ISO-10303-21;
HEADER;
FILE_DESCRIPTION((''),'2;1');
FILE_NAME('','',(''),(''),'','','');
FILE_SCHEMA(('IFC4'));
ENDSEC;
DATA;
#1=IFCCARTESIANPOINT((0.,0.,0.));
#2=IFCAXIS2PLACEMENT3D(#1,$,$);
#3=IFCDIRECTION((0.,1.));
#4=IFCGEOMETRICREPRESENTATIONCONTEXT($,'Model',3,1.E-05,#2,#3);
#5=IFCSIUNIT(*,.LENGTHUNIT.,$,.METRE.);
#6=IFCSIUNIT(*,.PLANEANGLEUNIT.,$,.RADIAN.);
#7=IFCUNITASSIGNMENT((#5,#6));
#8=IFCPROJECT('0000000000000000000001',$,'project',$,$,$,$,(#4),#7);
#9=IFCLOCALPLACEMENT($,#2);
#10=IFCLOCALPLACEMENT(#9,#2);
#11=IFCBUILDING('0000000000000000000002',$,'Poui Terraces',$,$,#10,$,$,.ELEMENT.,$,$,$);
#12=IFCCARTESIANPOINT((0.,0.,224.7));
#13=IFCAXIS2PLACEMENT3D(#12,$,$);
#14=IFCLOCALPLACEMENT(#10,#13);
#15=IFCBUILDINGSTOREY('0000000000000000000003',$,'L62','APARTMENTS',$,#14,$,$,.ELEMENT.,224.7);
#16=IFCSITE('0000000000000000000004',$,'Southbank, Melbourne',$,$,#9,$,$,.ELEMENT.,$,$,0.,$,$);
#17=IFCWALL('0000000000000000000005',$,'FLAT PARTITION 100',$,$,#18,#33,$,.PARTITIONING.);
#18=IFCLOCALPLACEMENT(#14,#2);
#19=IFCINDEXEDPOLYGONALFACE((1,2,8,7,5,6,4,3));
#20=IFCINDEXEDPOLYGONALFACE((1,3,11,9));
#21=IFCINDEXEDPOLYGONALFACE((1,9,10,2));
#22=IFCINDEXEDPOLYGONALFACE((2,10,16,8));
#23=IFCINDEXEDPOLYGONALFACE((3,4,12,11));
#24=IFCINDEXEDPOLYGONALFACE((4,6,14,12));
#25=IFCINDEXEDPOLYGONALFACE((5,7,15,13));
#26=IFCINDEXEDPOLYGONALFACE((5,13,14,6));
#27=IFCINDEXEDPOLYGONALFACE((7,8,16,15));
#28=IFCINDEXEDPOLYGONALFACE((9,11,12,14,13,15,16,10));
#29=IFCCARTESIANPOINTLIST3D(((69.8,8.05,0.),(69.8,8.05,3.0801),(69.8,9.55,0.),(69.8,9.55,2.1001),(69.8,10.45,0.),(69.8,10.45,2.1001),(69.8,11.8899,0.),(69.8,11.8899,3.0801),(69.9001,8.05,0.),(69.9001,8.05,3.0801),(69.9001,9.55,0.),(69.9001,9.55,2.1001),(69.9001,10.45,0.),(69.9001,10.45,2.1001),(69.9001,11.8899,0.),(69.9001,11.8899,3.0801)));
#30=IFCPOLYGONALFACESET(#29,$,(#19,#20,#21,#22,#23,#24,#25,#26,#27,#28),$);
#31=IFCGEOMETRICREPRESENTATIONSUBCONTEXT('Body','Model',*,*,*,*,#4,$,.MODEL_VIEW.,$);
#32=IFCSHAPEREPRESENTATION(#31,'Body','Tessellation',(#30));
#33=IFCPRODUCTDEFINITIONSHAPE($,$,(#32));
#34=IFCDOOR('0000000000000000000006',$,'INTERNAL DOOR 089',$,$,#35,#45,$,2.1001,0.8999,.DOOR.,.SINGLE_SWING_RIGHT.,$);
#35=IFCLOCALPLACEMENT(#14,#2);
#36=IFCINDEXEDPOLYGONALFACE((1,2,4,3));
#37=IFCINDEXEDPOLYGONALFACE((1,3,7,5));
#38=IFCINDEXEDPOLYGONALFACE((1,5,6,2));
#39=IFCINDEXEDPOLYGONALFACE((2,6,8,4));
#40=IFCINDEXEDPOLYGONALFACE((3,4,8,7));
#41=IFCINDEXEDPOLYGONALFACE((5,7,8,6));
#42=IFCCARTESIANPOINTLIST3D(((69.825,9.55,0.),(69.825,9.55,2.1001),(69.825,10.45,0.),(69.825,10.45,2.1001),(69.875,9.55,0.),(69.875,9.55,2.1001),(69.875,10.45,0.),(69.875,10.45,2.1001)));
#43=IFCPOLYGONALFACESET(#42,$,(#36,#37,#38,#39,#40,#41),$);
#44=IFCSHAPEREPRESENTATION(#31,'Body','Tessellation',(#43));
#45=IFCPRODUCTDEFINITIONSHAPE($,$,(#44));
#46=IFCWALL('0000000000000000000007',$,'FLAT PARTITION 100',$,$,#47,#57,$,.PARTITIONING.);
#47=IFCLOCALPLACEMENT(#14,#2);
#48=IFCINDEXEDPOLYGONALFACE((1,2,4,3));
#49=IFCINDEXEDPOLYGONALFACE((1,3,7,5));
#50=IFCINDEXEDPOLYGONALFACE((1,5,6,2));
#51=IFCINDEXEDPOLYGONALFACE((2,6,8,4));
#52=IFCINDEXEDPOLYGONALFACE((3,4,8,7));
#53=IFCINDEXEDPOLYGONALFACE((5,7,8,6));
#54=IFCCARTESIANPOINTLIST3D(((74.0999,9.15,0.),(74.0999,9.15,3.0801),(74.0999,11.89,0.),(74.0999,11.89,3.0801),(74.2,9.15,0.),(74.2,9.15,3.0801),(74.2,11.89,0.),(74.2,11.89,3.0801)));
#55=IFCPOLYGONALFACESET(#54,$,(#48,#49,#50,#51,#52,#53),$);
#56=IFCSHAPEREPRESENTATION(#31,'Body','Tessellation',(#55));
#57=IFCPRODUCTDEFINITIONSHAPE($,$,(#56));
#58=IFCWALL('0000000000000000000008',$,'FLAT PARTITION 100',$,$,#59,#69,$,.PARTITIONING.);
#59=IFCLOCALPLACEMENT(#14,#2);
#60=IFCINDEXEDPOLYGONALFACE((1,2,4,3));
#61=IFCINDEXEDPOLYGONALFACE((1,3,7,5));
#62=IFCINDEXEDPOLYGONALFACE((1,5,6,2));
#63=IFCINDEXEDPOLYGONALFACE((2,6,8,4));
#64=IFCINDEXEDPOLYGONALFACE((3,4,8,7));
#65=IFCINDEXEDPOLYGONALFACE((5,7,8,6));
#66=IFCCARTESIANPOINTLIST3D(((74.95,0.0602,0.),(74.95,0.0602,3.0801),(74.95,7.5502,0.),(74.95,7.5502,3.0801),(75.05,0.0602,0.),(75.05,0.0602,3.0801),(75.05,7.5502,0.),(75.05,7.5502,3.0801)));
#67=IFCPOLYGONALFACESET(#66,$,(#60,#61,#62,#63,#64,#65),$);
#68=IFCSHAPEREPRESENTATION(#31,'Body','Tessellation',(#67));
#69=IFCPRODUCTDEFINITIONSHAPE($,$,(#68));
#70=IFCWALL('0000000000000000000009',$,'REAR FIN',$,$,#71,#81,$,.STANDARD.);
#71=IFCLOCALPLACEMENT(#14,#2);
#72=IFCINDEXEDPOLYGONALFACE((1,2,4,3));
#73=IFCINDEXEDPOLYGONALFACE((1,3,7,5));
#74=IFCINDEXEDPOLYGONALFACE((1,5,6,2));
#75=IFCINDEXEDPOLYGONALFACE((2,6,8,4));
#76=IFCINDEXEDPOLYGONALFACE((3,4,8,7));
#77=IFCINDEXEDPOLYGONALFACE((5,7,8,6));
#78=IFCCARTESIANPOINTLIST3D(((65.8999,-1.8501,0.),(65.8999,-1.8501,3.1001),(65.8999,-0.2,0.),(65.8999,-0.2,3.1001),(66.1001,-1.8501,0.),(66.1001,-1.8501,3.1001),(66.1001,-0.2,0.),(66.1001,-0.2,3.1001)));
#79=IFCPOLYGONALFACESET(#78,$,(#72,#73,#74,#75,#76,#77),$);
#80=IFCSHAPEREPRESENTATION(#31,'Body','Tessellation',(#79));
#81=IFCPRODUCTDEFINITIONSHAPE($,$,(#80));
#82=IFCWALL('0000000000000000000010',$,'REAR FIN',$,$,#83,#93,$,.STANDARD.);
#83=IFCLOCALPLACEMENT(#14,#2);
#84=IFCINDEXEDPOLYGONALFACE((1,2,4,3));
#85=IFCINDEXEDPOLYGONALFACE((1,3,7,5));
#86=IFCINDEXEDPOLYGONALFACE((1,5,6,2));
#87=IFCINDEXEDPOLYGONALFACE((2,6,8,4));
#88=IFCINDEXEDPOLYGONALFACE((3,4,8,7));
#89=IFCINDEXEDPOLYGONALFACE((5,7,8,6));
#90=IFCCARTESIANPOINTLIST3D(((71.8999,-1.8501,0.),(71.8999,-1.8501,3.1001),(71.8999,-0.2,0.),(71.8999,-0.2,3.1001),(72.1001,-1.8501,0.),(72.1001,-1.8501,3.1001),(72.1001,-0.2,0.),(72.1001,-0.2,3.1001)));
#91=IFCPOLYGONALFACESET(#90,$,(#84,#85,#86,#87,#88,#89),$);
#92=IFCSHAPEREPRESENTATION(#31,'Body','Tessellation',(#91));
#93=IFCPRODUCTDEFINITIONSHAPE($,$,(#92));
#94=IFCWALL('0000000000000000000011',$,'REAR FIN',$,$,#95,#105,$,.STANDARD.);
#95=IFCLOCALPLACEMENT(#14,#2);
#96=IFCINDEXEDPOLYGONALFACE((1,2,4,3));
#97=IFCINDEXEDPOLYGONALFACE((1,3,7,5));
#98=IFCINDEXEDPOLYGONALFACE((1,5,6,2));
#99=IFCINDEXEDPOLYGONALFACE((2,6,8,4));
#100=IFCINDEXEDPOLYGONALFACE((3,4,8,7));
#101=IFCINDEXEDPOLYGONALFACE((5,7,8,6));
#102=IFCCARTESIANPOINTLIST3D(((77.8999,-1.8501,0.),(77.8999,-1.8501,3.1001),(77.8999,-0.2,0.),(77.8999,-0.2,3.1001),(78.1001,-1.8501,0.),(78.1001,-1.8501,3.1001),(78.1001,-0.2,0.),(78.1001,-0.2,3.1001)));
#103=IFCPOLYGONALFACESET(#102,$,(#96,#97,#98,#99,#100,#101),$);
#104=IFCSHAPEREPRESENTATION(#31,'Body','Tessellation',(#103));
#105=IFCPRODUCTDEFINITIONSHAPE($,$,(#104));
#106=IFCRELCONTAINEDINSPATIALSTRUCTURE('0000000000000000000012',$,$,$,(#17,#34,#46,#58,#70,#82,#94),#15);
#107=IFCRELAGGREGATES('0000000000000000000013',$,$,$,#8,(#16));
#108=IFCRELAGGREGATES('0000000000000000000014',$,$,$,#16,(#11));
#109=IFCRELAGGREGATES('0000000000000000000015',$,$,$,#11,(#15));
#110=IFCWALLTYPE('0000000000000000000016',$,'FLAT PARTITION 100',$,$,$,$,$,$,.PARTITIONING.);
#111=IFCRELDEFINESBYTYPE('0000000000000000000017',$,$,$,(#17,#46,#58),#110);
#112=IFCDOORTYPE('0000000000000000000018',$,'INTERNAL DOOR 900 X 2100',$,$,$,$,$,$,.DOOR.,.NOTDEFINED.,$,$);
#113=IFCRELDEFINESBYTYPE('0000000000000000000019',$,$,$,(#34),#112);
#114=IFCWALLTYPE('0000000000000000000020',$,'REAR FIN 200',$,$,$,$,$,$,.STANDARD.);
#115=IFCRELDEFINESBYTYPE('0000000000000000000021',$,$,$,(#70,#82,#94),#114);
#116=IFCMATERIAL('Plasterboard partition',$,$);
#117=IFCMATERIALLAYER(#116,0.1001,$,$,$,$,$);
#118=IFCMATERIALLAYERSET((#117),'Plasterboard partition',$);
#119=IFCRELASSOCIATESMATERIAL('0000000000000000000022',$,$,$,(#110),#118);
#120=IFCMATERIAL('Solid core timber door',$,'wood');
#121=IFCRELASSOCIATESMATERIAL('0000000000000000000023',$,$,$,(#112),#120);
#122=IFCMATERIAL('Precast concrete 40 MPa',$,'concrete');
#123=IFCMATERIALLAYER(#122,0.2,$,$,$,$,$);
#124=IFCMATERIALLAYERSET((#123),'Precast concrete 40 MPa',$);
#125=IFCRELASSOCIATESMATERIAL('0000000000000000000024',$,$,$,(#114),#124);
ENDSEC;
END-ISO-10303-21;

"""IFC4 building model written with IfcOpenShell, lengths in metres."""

from ifc_helpers import new_model, si_unit, direction, frame, frame_2d, origin, place, context, subcontext, project, spatial, polyline, rectangle, outline, extrude, source, transform, mapped, material, layer, layer_set, type_object, element, fill, save


model = new_model("IFC4")

# Units and contexts
model_context = context("Model", 3, precision=1e-05, world=origin(), true_north=direction((0.0, 1.0)))
body_context = subcontext(model_context, "Body", "Model", "MODEL_VIEW")
ifc_project = project(units=[si_unit("LENGTHUNIT", "METRE"), si_unit("PLANEANGLEUNIT", "RADIAN")], contexts=[model_context])

# Site, building, storey
site_placement = place(None, origin())
site = spatial("IfcSite", under=ifc_project, at=site_placement, Name="Southbank, Melbourne", CompositionType="ELEMENT", RefElevation=0.0)
building_placement = place(site_placement, origin())
building = spatial("IfcBuilding", under=site, at=building_placement, Name="Poui Terraces", CompositionType="ELEMENT")
storey_placement = place(building_placement, frame((0.0, 0.0, 224.7)))
storey = spatial("IfcBuildingStorey", under=building, at=storey_placement, Name="L62", Description="APARTMENTS", CompositionType="ELEMENT", Elevation=224.7)

# Shared definitions
ifc_material_1 = material(Name="Precast concrete 40 MPa", Category="concrete")

# Shared definitions
ifc_material_2 = material(Name="Plasterboard partition")
ifc_layer_1 = layer(ifc_material_2, 0.1001)
ifc_layer_set_1 = layer_set([ifc_layer_1], Name="Plasterboard partition")
wall_type_1 = type_object("IfcWallType", Name="FLAT PARTITION 100", PredefinedType="PARTITIONING", material=ifc_layer_set_1)
ifc_material_3 = material(Name="Solid core timber door", Category="wood")
door_type_1 = type_object("IfcDoorType", Name="INTERNAL DOOR 900 X 2100", OperationType="NOTDEFINED", PredefinedType="DOOR", material=ifc_material_3)

# Wall, opening, door
wall_1_placement = place(storey_placement, frame((69.8501, 8.05, 0.0), z_axis=(0.0, 0.0, 1.0), x_axis=(0.0, 1.0, 0.0)))
wall_1 = element("IfcWall", 1, at=wall_1_placement, inside=storey, type_object=wall_type_1, Name="FLAT PARTITION 100", PredefinedType="PARTITIONING", context=body_context, shape_type="SweptSolid", body=[
    extrude(rectangle(XDim=3.8398, YDim=0.1001, at=frame_2d((1.9199, 0.0))), origin(), (0.0, 0.0, 1.0), 3.0801),
])
opening_1_placement = place(wall_1_placement, frame((1.5, 0.0, 0.0)))
opening_1 = element("IfcOpeningElement", 2, at=opening_1_placement, cuts=wall_1, PredefinedType="OPENING", context=body_context, shape_type="SweptSolid", body=[
    extrude(rectangle(XDim=0.8999, YDim=2.1001, at=frame_2d((0.45, 1.05))), frame((0.0, 0.0601, 0.0), z_axis=(0.0, -1.0, 0.0), x_axis=(1.0, 0.0, 0.0)), (0.0, 0.0, 1.0), 0.1201),
])
door_1_placement = place(opening_1_placement, frame((0.8999, 0.0, 0.0), z_axis=(0.0, 0.0, 1.0), x_axis=(-1.0, 0.0, 0.0)))
door_1 = element("IfcDoor", 3, at=door_1_placement, inside=storey, type_object=door_type_1, Name="INTERNAL DOOR 089", OperationType="SINGLE_SWING_RIGHT", OverallHeight=2.1001, OverallWidth=0.8999, PredefinedType="DOOR", context=body_context, shape_type="SweptSolid", body=[
    extrude(rectangle(XDim=0.8999, YDim=2.1001, at=frame_2d((0.45, 1.05))), frame((0.0, 0.0249, 0.0), z_axis=(0.0, -1.0, 0.0), x_axis=(1.0, 0.0, 0.0)), (0.0, 0.0, 1.0), 0.05),
])
fill(opening_1, door_1)

# Walls
wall_2_placement = place(storey_placement, frame((74.1499, 9.1499, 0.0), z_axis=(0.0, 0.0, 1.0), x_axis=(0.0, 1.0, 0.0)))
element("IfcWall", 4, at=wall_2_placement, inside=storey, type_object=wall_type_1, Name="FLAT PARTITION 100", PredefinedType="PARTITIONING", context=body_context, shape_type="SweptSolid", body=[
    extrude(rectangle(XDim=2.74, YDim=0.1001, at=frame_2d((1.3701, 0.0))), origin(), (0.0, 0.0, 1.0), 3.0801),
])
wall_3_placement = place(storey_placement, frame((75.0, 0.0601, 0.0), z_axis=(0.0, 0.0, 1.0), x_axis=(0.0, 1.0, 0.0)))
element("IfcWall", 5, at=wall_3_placement, inside=storey, type_object=wall_type_1, Name="FLAT PARTITION 100", PredefinedType="PARTITIONING", context=body_context, shape_type="SweptSolid", body=[
    extrude(rectangle(XDim=7.49, YDim=0.1001, at=frame_2d((3.7451, 0.0))), origin(), (0.0, 0.0, 1.0), 3.0801),
])
ifc_layer_2 = layer(ifc_material_1, 0.2)
ifc_layer_set_2 = layer_set([ifc_layer_2], Name="Precast concrete 40 MPa")
wall_type_2 = type_object("IfcWallType", Name="REAR FIN 200", PredefinedType="STANDARD", material=ifc_layer_set_2)
shared_shape_1 = source(origin(), body_context, "Body", "SweptSolid", [
    extrude(outline(polyline([(0.0, 0.0), (0.2002, 0.0), (0.2002, 1.6501), (0.0, 1.6501), (0.0, 0.0)])), origin(), (0.0, 0.0, 1.0), 3.1001),
])
for number, where, name in (
    (6, (65.8999, -1.8501, 0.0), "REAR FIN"),
    (7, (71.8999, -1.8501, 0.0), "REAR FIN"),
    (8, (77.8999, -1.8501, 0.0), "REAR FIN"),
):
    element("IfcWall", number, at=place(storey_placement, frame(where)), inside=storey, type_object=wall_type_2, Name=name, PredefinedType="STANDARD", context=body_context, shape_type="MappedRepresentation", body=[
        mapped(shared_shape_1, transform((0.0, 0.0, 0.0))),
    ])

save(model, "model.ifc")
